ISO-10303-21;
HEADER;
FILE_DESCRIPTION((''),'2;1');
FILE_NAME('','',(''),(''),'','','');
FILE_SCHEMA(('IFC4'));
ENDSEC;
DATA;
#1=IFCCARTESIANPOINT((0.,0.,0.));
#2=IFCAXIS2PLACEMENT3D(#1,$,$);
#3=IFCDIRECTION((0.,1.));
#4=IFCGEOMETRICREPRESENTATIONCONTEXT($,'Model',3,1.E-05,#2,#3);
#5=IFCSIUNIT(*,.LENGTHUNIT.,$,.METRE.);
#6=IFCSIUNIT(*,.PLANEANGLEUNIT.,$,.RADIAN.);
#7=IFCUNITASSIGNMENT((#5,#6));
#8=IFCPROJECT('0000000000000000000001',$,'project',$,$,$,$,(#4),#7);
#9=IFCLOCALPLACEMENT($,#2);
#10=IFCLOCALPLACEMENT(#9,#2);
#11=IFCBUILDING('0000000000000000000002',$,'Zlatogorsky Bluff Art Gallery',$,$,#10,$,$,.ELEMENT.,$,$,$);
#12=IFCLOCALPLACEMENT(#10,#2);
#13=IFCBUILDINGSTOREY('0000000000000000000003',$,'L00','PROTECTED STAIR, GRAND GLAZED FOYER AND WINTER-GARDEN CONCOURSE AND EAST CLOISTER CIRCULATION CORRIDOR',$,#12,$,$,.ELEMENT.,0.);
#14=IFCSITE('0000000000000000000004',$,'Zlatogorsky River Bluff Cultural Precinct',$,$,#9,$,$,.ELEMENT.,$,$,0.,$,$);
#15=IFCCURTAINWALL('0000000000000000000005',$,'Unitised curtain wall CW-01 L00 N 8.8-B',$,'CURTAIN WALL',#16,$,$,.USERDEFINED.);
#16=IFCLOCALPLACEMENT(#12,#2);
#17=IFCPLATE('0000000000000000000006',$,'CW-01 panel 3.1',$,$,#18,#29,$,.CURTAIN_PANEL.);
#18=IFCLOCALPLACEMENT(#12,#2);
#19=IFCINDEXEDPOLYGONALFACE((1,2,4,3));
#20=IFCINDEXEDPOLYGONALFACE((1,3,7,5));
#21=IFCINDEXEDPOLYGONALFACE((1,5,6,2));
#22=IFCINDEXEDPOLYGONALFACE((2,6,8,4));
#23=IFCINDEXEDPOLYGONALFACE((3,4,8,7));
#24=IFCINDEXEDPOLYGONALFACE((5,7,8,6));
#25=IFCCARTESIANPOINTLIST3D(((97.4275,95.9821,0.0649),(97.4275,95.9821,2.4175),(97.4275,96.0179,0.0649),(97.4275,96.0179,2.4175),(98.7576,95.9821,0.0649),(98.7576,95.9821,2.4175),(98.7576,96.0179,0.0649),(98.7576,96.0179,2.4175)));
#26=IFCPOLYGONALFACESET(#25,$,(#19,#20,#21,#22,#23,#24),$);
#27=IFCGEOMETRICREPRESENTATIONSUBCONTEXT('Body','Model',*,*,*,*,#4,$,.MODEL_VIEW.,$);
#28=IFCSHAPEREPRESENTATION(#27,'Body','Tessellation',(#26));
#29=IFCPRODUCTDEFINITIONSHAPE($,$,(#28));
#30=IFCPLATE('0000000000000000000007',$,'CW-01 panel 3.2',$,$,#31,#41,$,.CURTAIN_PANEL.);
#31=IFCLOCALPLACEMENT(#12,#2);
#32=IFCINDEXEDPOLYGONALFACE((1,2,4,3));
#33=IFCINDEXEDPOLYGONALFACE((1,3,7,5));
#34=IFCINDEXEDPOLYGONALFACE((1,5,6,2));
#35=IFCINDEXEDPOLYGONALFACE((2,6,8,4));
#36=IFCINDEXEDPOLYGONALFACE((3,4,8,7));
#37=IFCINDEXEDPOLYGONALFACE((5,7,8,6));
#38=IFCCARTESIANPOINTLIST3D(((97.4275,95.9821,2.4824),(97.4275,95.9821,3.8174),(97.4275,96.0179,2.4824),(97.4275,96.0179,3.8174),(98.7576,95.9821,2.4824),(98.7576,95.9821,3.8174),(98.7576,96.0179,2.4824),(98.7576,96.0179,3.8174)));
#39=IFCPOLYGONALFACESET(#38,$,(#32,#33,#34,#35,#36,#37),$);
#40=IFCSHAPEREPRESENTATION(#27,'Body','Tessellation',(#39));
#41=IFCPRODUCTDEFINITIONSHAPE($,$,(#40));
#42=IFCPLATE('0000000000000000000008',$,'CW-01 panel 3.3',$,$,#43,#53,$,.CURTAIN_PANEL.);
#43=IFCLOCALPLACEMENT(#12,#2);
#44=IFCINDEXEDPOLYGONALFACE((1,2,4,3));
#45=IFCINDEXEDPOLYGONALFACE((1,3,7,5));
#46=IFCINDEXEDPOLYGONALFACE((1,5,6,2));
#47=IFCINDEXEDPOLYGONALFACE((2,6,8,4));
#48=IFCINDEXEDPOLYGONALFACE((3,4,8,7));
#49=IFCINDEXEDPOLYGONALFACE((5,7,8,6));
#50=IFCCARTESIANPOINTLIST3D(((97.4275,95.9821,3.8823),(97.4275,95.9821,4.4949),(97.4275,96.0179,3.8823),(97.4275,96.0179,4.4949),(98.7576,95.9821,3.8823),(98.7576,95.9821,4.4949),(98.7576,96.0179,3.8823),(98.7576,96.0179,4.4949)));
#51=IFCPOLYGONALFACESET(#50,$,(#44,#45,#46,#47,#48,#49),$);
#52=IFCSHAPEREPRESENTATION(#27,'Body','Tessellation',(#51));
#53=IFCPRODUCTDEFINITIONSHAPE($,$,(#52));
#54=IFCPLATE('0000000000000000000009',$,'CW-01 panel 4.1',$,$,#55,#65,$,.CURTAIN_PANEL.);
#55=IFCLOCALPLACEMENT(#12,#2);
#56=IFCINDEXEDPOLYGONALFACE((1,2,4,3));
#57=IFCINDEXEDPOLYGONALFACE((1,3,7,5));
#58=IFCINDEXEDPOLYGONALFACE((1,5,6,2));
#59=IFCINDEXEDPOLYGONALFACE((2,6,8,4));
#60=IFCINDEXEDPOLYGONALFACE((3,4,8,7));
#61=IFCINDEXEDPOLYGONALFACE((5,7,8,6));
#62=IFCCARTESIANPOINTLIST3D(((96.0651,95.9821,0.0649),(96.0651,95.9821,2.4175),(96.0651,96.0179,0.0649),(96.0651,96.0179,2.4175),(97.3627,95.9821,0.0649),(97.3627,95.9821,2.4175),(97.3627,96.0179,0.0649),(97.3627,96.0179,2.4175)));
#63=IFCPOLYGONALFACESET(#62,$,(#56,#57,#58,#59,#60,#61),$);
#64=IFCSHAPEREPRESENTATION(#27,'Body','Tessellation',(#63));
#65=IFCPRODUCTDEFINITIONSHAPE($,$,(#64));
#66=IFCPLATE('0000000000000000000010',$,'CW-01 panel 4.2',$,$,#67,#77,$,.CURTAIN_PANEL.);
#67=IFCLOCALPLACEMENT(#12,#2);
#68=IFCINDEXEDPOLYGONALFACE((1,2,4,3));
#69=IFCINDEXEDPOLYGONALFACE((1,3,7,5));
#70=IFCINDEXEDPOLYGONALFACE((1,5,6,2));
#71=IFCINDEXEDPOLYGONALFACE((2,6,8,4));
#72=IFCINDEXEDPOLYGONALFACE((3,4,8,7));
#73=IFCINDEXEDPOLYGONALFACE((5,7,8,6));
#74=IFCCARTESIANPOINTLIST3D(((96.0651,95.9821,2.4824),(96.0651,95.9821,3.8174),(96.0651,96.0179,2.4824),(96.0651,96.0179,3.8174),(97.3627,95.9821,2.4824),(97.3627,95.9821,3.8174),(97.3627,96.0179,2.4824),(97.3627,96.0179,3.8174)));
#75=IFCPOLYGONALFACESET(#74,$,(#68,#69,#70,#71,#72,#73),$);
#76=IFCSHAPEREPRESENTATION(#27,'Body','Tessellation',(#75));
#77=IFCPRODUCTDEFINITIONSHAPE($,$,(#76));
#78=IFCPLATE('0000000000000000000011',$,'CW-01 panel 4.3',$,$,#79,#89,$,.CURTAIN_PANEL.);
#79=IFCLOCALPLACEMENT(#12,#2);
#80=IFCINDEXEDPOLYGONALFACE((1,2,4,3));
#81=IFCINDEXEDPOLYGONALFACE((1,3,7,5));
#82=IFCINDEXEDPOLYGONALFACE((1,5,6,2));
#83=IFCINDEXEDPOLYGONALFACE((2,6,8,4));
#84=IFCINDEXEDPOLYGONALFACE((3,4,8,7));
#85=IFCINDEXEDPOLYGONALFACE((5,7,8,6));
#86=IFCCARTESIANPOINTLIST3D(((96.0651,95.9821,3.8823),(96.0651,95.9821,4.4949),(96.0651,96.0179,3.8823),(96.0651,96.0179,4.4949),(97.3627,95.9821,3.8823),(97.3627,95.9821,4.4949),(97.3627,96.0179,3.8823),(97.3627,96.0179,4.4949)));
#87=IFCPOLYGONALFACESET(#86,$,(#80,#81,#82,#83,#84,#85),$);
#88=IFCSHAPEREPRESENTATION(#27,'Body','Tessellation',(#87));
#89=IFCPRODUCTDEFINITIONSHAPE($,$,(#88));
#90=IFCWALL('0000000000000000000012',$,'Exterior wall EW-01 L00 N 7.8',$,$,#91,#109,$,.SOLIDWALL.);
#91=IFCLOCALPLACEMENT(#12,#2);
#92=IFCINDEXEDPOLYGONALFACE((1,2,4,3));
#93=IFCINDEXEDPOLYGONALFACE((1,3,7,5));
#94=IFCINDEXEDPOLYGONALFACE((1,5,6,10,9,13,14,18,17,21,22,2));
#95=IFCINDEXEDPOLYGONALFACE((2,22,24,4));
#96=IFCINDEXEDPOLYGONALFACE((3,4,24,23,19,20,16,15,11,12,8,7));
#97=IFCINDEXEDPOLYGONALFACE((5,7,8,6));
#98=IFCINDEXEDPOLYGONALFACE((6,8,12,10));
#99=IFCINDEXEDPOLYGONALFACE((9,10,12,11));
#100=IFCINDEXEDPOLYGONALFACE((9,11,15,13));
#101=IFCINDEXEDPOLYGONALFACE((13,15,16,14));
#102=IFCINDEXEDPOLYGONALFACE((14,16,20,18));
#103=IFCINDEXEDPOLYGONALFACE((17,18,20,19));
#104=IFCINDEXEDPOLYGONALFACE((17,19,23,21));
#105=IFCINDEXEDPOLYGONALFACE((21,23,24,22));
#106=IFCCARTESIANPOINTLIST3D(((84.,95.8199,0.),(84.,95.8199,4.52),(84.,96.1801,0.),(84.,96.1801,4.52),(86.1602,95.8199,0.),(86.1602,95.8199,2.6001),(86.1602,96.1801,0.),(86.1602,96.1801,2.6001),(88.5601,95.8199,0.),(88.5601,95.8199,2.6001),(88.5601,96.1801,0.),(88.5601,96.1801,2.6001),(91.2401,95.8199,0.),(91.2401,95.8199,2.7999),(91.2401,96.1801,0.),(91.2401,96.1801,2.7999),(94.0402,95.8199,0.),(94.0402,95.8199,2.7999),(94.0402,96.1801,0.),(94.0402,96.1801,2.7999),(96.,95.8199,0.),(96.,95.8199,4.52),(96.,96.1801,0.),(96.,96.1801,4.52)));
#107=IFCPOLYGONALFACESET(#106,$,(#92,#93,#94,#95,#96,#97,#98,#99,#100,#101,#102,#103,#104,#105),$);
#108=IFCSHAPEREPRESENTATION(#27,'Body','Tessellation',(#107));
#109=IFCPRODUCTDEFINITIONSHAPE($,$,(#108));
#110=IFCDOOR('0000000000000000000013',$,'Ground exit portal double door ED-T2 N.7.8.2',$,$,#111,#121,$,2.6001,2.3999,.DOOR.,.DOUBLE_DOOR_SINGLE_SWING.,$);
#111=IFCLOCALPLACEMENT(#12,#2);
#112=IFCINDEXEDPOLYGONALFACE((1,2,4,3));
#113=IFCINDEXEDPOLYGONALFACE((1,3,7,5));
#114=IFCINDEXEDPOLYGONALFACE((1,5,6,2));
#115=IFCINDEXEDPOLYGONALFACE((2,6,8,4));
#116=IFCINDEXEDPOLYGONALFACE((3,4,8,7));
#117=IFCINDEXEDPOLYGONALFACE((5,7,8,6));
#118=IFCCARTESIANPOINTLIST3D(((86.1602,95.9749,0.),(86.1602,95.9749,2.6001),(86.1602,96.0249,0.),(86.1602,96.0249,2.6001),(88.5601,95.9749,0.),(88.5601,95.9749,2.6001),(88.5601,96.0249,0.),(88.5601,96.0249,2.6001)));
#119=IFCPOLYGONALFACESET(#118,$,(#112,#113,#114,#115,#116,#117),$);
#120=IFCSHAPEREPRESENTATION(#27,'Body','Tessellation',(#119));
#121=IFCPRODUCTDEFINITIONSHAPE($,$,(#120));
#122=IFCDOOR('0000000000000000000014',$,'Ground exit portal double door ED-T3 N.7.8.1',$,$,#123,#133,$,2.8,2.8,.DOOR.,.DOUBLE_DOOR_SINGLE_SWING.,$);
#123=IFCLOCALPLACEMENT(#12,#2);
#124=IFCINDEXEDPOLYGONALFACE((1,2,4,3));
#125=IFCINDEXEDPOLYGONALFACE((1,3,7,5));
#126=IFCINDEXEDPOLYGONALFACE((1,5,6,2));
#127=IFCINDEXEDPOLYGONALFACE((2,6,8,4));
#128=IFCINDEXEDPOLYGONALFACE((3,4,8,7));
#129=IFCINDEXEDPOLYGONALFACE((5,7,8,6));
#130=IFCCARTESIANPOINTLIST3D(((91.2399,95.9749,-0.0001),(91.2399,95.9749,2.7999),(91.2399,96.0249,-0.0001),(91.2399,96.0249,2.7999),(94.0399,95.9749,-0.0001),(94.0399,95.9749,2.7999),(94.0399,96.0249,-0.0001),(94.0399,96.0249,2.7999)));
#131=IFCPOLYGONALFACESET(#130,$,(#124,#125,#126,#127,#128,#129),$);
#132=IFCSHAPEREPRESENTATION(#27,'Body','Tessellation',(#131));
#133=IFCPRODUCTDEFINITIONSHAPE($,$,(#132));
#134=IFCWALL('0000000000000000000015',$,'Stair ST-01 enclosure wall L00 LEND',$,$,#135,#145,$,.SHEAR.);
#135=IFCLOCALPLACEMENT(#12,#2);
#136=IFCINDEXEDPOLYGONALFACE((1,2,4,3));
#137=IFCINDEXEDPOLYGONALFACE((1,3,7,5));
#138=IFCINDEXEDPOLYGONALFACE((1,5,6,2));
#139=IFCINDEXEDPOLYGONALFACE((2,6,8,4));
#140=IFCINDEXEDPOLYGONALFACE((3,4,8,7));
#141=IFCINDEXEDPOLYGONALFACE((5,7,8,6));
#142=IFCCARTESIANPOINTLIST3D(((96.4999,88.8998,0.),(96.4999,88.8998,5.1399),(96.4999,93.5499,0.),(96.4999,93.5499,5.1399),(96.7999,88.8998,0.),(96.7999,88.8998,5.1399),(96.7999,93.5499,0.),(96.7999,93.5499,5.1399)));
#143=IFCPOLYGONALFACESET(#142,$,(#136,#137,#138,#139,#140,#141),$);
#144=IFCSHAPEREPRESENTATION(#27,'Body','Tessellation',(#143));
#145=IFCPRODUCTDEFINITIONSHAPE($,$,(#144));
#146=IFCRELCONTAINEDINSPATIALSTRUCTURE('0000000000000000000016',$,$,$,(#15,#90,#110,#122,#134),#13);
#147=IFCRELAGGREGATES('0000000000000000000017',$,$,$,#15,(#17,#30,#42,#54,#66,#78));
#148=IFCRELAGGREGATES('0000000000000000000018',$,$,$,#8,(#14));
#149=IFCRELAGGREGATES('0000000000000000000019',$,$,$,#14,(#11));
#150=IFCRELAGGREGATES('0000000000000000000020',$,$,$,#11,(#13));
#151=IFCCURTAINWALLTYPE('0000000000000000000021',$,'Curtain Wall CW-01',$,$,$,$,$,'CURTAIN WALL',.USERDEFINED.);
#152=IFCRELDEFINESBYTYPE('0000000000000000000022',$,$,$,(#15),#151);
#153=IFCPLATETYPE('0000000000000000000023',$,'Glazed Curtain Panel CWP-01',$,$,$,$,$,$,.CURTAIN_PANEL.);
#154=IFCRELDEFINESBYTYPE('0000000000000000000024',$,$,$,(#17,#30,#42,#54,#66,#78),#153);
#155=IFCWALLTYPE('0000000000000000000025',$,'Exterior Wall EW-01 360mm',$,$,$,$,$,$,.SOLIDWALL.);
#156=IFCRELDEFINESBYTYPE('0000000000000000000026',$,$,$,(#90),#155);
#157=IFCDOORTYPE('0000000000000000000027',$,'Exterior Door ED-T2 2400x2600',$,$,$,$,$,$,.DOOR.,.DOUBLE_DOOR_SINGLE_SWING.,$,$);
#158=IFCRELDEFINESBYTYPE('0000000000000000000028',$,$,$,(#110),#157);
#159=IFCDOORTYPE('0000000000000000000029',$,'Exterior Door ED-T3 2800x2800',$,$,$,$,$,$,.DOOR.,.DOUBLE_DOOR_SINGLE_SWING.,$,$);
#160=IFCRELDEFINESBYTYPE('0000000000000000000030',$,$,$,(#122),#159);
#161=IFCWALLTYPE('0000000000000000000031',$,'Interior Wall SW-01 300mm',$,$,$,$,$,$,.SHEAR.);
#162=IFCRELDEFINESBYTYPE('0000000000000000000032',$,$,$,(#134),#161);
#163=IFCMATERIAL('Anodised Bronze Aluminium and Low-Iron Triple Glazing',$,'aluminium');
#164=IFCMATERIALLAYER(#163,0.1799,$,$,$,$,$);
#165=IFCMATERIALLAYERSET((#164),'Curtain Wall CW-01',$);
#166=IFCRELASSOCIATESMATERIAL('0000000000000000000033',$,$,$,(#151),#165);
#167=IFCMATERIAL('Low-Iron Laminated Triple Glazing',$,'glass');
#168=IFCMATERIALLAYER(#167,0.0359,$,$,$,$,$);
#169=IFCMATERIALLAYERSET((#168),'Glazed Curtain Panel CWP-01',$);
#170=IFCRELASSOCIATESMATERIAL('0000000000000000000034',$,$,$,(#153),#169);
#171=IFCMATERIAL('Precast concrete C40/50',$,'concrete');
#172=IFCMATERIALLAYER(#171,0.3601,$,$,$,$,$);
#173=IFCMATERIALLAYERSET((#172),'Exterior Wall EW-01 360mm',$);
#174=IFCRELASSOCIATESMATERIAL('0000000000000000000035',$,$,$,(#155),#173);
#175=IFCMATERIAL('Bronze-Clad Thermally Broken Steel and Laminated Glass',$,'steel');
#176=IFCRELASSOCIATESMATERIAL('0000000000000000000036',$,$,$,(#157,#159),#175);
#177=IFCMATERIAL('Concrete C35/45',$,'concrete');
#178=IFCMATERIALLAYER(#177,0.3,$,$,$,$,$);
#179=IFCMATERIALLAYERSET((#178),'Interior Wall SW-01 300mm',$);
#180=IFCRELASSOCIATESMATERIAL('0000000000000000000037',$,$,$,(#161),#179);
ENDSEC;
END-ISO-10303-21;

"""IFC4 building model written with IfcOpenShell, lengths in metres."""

from ifc_helpers import new_model, si_unit, direction, frame, frame_2d, origin, origin_2d, place, context, subcontext, project, spatial, rectangle, extrude, material, layer, layer_set, type_object, element, fill, aggregate, save


model = new_model("IFC4")

# Units and contexts
model_context = context("Model", 3, precision=1e-05, world=origin(), true_north=direction((0.0, 1.0)))
body_context = subcontext(model_context, "Body", "Model", "MODEL_VIEW")
ifc_project = project(units=[si_unit("LENGTHUNIT", "METRE"), si_unit("PLANEANGLEUNIT", "RADIAN")], contexts=[model_context])

# Site, building, storey
site_placement = place(None, origin())
site = spatial("IfcSite", under=ifc_project, at=site_placement, Name="Zlatogorsky River Bluff Cultural Precinct", CompositionType="ELEMENT", RefElevation=0.0)
building_placement = place(site_placement, origin())
building = spatial("IfcBuilding", under=site, at=building_placement, Name="Zlatogorsky Bluff Art Gallery", CompositionType="ELEMENT")
storey_placement = place(building_placement, origin())
storey = spatial("IfcBuildingStorey", under=building, at=storey_placement, Name="L00", Description="PROTECTED STAIR, GRAND GLAZED FOYER AND WINTER-GARDEN CONCOURSE AND EAST CLOISTER CIRCULATION CORRIDOR", CompositionType="ELEMENT", Elevation=0.0)

# Shared definitions
ifc_material_1 = material(Name="Anodised Bronze Aluminium and Low-Iron Triple Glazing", Category="aluminium")
ifc_layer_1 = layer(ifc_material_1, 0.1799)
ifc_layer_set_1 = layer_set([ifc_layer_1], Name="Curtain Wall CW-01")
curtain_wall_type = type_object("IfcCurtainWallType", Name="Curtain Wall CW-01", ElementType="CURTAIN WALL", PredefinedType="USERDEFINED", material=ifc_layer_set_1)

# Curtain wall
curtain_wall_1_placement = place(storey_placement, origin())
curtain_wall_1 = element("IfcCurtainWall", 1, at=curtain_wall_1_placement, inside=storey, type_object=curtain_wall_type, Name="Unitised curtain wall CW-01 L00 N 8.8-B", ObjectType="CURTAIN WALL", PredefinedType="USERDEFINED")

# Plates
ifc_material_2 = material(Name="Low-Iron Laminated Triple Glazing", Category="glass")
ifc_layer_2 = layer(ifc_material_2, 0.0359)
ifc_layer_set_2 = layer_set([ifc_layer_2], Name="Glazed Curtain Panel CWP-01")
plate_type = type_object("IfcPlateType", Name="Glazed Curtain Panel CWP-01", PredefinedType="CURTAIN_PANEL", material=ifc_layer_set_2)
plate_1_placement = place(storey_placement, frame((98.0925, 96.0, 0.0649), z_axis=(0.0, 0.0, 1.0), x_axis=(-1.0, 0.0, 0.0)))
plate_1 = element("IfcPlate", 2, at=plate_1_placement, type_object=plate_type, Name="CW-01 panel 3.1", PredefinedType="CURTAIN_PANEL", context=body_context, shape_type="SweptSolid", body=[
    extrude(rectangle(XDim=1.3301, YDim=0.0359, at=origin_2d()), origin(), (0.0, 0.0, 1.0), 2.3525),
])
plate_2_placement = place(storey_placement, frame((98.0925, 96.0, 2.4824), z_axis=(0.0, 0.0, 1.0), x_axis=(-1.0, 0.0, 0.0)))
plate_2 = element("IfcPlate", 3, at=plate_2_placement, type_object=plate_type, Name="CW-01 panel 3.2", PredefinedType="CURTAIN_PANEL", context=body_context, shape_type="SweptSolid", body=[
    extrude(rectangle(XDim=1.3301, YDim=0.0359, at=origin_2d()), origin(), (0.0, 0.0, 1.0), 1.335),
])
plate_3_placement = place(storey_placement, frame((98.0925, 96.0, 3.8823), z_axis=(0.0, 0.0, 1.0), x_axis=(-1.0, 0.0, 0.0)))
plate_3 = element("IfcPlate", 4, at=plate_3_placement, type_object=plate_type, Name="CW-01 panel 3.3", PredefinedType="CURTAIN_PANEL", context=body_context, shape_type="SweptSolid", body=[
    extrude(rectangle(XDim=1.3301, YDim=0.0359, at=origin_2d()), origin(), (0.0, 0.0, 1.0), 0.6125),
])
plate_4_placement = place(storey_placement, frame((96.7139, 96.0, 0.0649), z_axis=(0.0, 0.0, 1.0), x_axis=(-1.0, 0.0, 0.0)))
plate_4 = element("IfcPlate", 5, at=plate_4_placement, type_object=plate_type, Name="CW-01 panel 4.1", PredefinedType="CURTAIN_PANEL", context=body_context, shape_type="SweptSolid", body=[
    extrude(rectangle(XDim=1.2976, YDim=0.0359, at=origin_2d()), origin(), (0.0, 0.0, 1.0), 2.3525),
])
plate_5_placement = place(storey_placement, frame((96.7139, 96.0, 2.4824), z_axis=(0.0, 0.0, 1.0), x_axis=(-1.0, 0.0, 0.0)))
plate_5 = element("IfcPlate", 6, at=plate_5_placement, type_object=plate_type, Name="CW-01 panel 4.2", PredefinedType="CURTAIN_PANEL", context=body_context, shape_type="SweptSolid", body=[
    extrude(rectangle(XDim=1.2976, YDim=0.0359, at=origin_2d()), origin(), (0.0, 0.0, 1.0), 1.335),
])
plate_6_placement = place(storey_placement, frame((96.7139, 96.0, 3.8823), z_axis=(0.0, 0.0, 1.0), x_axis=(-1.0, 0.0, 0.0)))
plate_6 = element("IfcPlate", 7, at=plate_6_placement, type_object=plate_type, Name="CW-01 panel 4.3", PredefinedType="CURTAIN_PANEL", context=body_context, shape_type="SweptSolid", body=[
    extrude(rectangle(XDim=1.2976, YDim=0.0359, at=origin_2d()), origin(), (0.0, 0.0, 1.0), 0.6125),
])
aggregate(curtain_wall_1, [plate_1, plate_2, plate_3, plate_4, plate_5, plate_6])

# Wall, openings, doors
ifc_material_3 = material(Name="Precast concrete C40/50", Category="concrete")
ifc_layer_3 = layer(ifc_material_3, 0.3601)
ifc_layer_set_3 = layer_set([ifc_layer_3], Name="Exterior Wall EW-01 360mm")
wall_type_1 = type_object("IfcWallType", Name="Exterior Wall EW-01 360mm", PredefinedType="SOLIDWALL", material=ifc_layer_set_3)
wall_1_placement = place(storey_placement, frame((96.0, 96.0, 0.0), z_axis=(0.0, 0.0, 1.0), x_axis=(-1.0, 0.0, 0.0)))
wall_1 = element("IfcWall", 8, at=wall_1_placement, inside=storey, type_object=wall_type_1, Name="Exterior wall EW-01 L00 N 7.8", PredefinedType="SOLIDWALL", context=body_context, shape_type="SweptSolid", body=[
    extrude(rectangle(XDim=12.0, YDim=0.3601, at=frame_2d((6.0, 0.0))), origin(), (0.0, 0.0, 1.0), 4.52),
])
opening_1_placement = place(wall_1_placement, frame((1.96, 0.0, 0.0)))
opening_1 = element("IfcOpeningElement", 9, at=opening_1_placement, cuts=wall_1, PredefinedType="OPENING", context=body_context, shape_type="SweptSolid", body=[
    extrude(rectangle(XDim=2.8, YDim=2.8, at=frame_2d((1.3999, 1.3999))), frame((0.0, 0.1899, 0.0), z_axis=(0.0, -1.0, 0.0), x_axis=(1.0, 0.0, 0.0)), (0.0, 0.0, 1.0), 0.3801),
])
opening_2_placement = place(wall_1_placement, frame((7.4399, 0.0, 0.0)))
opening_2 = element("IfcOpeningElement", 10, at=opening_2_placement, cuts=wall_1, PredefinedType="OPENING", context=body_context, shape_type="SweptSolid", body=[
    extrude(rectangle(XDim=2.3999, YDim=2.6001, at=frame_2d((1.2, 1.3))), frame((0.0, 0.1899, 0.0), z_axis=(0.0, -1.0, 0.0), x_axis=(1.0, 0.0, 0.0)), (0.0, 0.0, 1.0), 0.3801),
])
ifc_material_4 = material(Name="Bronze-Clad Thermally Broken Steel and Laminated Glass", Category="steel")
door_type_1 = type_object("IfcDoorType", Name="Exterior Door ED-T2 2400x2600", OperationType="DOUBLE_DOOR_SINGLE_SWING", PredefinedType="DOOR", material=ifc_material_4)
door_1_placement = place(opening_2_placement, frame((2.3999, 0.0, 0.0), z_axis=(0.0, 0.0, 1.0), x_axis=(-1.0, 0.0, 0.0)))
door_1 = element("IfcDoor", 11, at=door_1_placement, inside=storey, type_object=door_type_1, Name="Ground exit portal double door ED-T2 N.7.8.2", OperationType="DOUBLE_DOOR_SINGLE_SWING", OverallHeight=2.6001, OverallWidth=2.3999, PredefinedType="DOOR", context=body_context, shape_type="SweptSolid", body=[
    extrude(rectangle(XDim=2.3999, YDim=2.6001, at=frame_2d((1.2, 1.3))), frame((0.0, 0.0249, 0.0), z_axis=(0.0, -1.0, 0.0), x_axis=(1.0, 0.0, 0.0)), (0.0, 0.0, 1.0), 0.05),
])
fill(opening_2, door_1)
door_type_2 = type_object("IfcDoorType", Name="Exterior Door ED-T3 2800x2800", OperationType="DOUBLE_DOOR_SINGLE_SWING", PredefinedType="DOOR", material=ifc_material_4)
door_2_placement = place(opening_1_placement, frame((2.8, 0.0, 0.0), z_axis=(0.0, 0.0, 1.0), x_axis=(-1.0, 0.0, 0.0)))
door_2 = element("IfcDoor", 12, at=door_2_placement, inside=storey, type_object=door_type_2, Name="Ground exit portal double door ED-T3 N.7.8.1", OperationType="DOUBLE_DOOR_SINGLE_SWING", OverallHeight=2.8, OverallWidth=2.8, PredefinedType="DOOR", context=body_context, shape_type="SweptSolid", body=[
    extrude(rectangle(XDim=2.8, YDim=2.8, at=frame_2d((1.3999, 1.3999))), frame((0.0, 0.0249, 0.0), z_axis=(0.0, -1.0, 0.0), x_axis=(1.0, 0.0, 0.0)), (0.0, 0.0, 1.0), 0.05),
])
fill(opening_1, door_2)

# Wall
ifc_material_5 = material(Name="Concrete C35/45", Category="concrete")
ifc_layer_4 = layer(ifc_material_5, 0.3)
ifc_layer_set_4 = layer_set([ifc_layer_4], Name="Interior Wall SW-01 300mm")
wall_type_2 = type_object("IfcWallType", Name="Interior Wall SW-01 300mm", PredefinedType="SHEAR", material=ifc_layer_set_4)
wall_2_placement = place(storey_placement, frame((96.6499, 93.55, 0.0), z_axis=(0.0, 0.0, 1.0), x_axis=(0.0, -1.0, 0.0)))
element("IfcWall", 13, at=wall_2_placement, inside=storey, type_object=wall_type_2, Name="Stair ST-01 enclosure wall L00 LEND", PredefinedType="SHEAR", context=body_context, shape_type="SweptSolid", body=[
    extrude(rectangle(XDim=4.6501, YDim=0.3, at=frame_2d((2.3252, 0.0))), origin(), (0.0, 0.0, 1.0), 5.1399),
])

save(model, "model.ifc")
